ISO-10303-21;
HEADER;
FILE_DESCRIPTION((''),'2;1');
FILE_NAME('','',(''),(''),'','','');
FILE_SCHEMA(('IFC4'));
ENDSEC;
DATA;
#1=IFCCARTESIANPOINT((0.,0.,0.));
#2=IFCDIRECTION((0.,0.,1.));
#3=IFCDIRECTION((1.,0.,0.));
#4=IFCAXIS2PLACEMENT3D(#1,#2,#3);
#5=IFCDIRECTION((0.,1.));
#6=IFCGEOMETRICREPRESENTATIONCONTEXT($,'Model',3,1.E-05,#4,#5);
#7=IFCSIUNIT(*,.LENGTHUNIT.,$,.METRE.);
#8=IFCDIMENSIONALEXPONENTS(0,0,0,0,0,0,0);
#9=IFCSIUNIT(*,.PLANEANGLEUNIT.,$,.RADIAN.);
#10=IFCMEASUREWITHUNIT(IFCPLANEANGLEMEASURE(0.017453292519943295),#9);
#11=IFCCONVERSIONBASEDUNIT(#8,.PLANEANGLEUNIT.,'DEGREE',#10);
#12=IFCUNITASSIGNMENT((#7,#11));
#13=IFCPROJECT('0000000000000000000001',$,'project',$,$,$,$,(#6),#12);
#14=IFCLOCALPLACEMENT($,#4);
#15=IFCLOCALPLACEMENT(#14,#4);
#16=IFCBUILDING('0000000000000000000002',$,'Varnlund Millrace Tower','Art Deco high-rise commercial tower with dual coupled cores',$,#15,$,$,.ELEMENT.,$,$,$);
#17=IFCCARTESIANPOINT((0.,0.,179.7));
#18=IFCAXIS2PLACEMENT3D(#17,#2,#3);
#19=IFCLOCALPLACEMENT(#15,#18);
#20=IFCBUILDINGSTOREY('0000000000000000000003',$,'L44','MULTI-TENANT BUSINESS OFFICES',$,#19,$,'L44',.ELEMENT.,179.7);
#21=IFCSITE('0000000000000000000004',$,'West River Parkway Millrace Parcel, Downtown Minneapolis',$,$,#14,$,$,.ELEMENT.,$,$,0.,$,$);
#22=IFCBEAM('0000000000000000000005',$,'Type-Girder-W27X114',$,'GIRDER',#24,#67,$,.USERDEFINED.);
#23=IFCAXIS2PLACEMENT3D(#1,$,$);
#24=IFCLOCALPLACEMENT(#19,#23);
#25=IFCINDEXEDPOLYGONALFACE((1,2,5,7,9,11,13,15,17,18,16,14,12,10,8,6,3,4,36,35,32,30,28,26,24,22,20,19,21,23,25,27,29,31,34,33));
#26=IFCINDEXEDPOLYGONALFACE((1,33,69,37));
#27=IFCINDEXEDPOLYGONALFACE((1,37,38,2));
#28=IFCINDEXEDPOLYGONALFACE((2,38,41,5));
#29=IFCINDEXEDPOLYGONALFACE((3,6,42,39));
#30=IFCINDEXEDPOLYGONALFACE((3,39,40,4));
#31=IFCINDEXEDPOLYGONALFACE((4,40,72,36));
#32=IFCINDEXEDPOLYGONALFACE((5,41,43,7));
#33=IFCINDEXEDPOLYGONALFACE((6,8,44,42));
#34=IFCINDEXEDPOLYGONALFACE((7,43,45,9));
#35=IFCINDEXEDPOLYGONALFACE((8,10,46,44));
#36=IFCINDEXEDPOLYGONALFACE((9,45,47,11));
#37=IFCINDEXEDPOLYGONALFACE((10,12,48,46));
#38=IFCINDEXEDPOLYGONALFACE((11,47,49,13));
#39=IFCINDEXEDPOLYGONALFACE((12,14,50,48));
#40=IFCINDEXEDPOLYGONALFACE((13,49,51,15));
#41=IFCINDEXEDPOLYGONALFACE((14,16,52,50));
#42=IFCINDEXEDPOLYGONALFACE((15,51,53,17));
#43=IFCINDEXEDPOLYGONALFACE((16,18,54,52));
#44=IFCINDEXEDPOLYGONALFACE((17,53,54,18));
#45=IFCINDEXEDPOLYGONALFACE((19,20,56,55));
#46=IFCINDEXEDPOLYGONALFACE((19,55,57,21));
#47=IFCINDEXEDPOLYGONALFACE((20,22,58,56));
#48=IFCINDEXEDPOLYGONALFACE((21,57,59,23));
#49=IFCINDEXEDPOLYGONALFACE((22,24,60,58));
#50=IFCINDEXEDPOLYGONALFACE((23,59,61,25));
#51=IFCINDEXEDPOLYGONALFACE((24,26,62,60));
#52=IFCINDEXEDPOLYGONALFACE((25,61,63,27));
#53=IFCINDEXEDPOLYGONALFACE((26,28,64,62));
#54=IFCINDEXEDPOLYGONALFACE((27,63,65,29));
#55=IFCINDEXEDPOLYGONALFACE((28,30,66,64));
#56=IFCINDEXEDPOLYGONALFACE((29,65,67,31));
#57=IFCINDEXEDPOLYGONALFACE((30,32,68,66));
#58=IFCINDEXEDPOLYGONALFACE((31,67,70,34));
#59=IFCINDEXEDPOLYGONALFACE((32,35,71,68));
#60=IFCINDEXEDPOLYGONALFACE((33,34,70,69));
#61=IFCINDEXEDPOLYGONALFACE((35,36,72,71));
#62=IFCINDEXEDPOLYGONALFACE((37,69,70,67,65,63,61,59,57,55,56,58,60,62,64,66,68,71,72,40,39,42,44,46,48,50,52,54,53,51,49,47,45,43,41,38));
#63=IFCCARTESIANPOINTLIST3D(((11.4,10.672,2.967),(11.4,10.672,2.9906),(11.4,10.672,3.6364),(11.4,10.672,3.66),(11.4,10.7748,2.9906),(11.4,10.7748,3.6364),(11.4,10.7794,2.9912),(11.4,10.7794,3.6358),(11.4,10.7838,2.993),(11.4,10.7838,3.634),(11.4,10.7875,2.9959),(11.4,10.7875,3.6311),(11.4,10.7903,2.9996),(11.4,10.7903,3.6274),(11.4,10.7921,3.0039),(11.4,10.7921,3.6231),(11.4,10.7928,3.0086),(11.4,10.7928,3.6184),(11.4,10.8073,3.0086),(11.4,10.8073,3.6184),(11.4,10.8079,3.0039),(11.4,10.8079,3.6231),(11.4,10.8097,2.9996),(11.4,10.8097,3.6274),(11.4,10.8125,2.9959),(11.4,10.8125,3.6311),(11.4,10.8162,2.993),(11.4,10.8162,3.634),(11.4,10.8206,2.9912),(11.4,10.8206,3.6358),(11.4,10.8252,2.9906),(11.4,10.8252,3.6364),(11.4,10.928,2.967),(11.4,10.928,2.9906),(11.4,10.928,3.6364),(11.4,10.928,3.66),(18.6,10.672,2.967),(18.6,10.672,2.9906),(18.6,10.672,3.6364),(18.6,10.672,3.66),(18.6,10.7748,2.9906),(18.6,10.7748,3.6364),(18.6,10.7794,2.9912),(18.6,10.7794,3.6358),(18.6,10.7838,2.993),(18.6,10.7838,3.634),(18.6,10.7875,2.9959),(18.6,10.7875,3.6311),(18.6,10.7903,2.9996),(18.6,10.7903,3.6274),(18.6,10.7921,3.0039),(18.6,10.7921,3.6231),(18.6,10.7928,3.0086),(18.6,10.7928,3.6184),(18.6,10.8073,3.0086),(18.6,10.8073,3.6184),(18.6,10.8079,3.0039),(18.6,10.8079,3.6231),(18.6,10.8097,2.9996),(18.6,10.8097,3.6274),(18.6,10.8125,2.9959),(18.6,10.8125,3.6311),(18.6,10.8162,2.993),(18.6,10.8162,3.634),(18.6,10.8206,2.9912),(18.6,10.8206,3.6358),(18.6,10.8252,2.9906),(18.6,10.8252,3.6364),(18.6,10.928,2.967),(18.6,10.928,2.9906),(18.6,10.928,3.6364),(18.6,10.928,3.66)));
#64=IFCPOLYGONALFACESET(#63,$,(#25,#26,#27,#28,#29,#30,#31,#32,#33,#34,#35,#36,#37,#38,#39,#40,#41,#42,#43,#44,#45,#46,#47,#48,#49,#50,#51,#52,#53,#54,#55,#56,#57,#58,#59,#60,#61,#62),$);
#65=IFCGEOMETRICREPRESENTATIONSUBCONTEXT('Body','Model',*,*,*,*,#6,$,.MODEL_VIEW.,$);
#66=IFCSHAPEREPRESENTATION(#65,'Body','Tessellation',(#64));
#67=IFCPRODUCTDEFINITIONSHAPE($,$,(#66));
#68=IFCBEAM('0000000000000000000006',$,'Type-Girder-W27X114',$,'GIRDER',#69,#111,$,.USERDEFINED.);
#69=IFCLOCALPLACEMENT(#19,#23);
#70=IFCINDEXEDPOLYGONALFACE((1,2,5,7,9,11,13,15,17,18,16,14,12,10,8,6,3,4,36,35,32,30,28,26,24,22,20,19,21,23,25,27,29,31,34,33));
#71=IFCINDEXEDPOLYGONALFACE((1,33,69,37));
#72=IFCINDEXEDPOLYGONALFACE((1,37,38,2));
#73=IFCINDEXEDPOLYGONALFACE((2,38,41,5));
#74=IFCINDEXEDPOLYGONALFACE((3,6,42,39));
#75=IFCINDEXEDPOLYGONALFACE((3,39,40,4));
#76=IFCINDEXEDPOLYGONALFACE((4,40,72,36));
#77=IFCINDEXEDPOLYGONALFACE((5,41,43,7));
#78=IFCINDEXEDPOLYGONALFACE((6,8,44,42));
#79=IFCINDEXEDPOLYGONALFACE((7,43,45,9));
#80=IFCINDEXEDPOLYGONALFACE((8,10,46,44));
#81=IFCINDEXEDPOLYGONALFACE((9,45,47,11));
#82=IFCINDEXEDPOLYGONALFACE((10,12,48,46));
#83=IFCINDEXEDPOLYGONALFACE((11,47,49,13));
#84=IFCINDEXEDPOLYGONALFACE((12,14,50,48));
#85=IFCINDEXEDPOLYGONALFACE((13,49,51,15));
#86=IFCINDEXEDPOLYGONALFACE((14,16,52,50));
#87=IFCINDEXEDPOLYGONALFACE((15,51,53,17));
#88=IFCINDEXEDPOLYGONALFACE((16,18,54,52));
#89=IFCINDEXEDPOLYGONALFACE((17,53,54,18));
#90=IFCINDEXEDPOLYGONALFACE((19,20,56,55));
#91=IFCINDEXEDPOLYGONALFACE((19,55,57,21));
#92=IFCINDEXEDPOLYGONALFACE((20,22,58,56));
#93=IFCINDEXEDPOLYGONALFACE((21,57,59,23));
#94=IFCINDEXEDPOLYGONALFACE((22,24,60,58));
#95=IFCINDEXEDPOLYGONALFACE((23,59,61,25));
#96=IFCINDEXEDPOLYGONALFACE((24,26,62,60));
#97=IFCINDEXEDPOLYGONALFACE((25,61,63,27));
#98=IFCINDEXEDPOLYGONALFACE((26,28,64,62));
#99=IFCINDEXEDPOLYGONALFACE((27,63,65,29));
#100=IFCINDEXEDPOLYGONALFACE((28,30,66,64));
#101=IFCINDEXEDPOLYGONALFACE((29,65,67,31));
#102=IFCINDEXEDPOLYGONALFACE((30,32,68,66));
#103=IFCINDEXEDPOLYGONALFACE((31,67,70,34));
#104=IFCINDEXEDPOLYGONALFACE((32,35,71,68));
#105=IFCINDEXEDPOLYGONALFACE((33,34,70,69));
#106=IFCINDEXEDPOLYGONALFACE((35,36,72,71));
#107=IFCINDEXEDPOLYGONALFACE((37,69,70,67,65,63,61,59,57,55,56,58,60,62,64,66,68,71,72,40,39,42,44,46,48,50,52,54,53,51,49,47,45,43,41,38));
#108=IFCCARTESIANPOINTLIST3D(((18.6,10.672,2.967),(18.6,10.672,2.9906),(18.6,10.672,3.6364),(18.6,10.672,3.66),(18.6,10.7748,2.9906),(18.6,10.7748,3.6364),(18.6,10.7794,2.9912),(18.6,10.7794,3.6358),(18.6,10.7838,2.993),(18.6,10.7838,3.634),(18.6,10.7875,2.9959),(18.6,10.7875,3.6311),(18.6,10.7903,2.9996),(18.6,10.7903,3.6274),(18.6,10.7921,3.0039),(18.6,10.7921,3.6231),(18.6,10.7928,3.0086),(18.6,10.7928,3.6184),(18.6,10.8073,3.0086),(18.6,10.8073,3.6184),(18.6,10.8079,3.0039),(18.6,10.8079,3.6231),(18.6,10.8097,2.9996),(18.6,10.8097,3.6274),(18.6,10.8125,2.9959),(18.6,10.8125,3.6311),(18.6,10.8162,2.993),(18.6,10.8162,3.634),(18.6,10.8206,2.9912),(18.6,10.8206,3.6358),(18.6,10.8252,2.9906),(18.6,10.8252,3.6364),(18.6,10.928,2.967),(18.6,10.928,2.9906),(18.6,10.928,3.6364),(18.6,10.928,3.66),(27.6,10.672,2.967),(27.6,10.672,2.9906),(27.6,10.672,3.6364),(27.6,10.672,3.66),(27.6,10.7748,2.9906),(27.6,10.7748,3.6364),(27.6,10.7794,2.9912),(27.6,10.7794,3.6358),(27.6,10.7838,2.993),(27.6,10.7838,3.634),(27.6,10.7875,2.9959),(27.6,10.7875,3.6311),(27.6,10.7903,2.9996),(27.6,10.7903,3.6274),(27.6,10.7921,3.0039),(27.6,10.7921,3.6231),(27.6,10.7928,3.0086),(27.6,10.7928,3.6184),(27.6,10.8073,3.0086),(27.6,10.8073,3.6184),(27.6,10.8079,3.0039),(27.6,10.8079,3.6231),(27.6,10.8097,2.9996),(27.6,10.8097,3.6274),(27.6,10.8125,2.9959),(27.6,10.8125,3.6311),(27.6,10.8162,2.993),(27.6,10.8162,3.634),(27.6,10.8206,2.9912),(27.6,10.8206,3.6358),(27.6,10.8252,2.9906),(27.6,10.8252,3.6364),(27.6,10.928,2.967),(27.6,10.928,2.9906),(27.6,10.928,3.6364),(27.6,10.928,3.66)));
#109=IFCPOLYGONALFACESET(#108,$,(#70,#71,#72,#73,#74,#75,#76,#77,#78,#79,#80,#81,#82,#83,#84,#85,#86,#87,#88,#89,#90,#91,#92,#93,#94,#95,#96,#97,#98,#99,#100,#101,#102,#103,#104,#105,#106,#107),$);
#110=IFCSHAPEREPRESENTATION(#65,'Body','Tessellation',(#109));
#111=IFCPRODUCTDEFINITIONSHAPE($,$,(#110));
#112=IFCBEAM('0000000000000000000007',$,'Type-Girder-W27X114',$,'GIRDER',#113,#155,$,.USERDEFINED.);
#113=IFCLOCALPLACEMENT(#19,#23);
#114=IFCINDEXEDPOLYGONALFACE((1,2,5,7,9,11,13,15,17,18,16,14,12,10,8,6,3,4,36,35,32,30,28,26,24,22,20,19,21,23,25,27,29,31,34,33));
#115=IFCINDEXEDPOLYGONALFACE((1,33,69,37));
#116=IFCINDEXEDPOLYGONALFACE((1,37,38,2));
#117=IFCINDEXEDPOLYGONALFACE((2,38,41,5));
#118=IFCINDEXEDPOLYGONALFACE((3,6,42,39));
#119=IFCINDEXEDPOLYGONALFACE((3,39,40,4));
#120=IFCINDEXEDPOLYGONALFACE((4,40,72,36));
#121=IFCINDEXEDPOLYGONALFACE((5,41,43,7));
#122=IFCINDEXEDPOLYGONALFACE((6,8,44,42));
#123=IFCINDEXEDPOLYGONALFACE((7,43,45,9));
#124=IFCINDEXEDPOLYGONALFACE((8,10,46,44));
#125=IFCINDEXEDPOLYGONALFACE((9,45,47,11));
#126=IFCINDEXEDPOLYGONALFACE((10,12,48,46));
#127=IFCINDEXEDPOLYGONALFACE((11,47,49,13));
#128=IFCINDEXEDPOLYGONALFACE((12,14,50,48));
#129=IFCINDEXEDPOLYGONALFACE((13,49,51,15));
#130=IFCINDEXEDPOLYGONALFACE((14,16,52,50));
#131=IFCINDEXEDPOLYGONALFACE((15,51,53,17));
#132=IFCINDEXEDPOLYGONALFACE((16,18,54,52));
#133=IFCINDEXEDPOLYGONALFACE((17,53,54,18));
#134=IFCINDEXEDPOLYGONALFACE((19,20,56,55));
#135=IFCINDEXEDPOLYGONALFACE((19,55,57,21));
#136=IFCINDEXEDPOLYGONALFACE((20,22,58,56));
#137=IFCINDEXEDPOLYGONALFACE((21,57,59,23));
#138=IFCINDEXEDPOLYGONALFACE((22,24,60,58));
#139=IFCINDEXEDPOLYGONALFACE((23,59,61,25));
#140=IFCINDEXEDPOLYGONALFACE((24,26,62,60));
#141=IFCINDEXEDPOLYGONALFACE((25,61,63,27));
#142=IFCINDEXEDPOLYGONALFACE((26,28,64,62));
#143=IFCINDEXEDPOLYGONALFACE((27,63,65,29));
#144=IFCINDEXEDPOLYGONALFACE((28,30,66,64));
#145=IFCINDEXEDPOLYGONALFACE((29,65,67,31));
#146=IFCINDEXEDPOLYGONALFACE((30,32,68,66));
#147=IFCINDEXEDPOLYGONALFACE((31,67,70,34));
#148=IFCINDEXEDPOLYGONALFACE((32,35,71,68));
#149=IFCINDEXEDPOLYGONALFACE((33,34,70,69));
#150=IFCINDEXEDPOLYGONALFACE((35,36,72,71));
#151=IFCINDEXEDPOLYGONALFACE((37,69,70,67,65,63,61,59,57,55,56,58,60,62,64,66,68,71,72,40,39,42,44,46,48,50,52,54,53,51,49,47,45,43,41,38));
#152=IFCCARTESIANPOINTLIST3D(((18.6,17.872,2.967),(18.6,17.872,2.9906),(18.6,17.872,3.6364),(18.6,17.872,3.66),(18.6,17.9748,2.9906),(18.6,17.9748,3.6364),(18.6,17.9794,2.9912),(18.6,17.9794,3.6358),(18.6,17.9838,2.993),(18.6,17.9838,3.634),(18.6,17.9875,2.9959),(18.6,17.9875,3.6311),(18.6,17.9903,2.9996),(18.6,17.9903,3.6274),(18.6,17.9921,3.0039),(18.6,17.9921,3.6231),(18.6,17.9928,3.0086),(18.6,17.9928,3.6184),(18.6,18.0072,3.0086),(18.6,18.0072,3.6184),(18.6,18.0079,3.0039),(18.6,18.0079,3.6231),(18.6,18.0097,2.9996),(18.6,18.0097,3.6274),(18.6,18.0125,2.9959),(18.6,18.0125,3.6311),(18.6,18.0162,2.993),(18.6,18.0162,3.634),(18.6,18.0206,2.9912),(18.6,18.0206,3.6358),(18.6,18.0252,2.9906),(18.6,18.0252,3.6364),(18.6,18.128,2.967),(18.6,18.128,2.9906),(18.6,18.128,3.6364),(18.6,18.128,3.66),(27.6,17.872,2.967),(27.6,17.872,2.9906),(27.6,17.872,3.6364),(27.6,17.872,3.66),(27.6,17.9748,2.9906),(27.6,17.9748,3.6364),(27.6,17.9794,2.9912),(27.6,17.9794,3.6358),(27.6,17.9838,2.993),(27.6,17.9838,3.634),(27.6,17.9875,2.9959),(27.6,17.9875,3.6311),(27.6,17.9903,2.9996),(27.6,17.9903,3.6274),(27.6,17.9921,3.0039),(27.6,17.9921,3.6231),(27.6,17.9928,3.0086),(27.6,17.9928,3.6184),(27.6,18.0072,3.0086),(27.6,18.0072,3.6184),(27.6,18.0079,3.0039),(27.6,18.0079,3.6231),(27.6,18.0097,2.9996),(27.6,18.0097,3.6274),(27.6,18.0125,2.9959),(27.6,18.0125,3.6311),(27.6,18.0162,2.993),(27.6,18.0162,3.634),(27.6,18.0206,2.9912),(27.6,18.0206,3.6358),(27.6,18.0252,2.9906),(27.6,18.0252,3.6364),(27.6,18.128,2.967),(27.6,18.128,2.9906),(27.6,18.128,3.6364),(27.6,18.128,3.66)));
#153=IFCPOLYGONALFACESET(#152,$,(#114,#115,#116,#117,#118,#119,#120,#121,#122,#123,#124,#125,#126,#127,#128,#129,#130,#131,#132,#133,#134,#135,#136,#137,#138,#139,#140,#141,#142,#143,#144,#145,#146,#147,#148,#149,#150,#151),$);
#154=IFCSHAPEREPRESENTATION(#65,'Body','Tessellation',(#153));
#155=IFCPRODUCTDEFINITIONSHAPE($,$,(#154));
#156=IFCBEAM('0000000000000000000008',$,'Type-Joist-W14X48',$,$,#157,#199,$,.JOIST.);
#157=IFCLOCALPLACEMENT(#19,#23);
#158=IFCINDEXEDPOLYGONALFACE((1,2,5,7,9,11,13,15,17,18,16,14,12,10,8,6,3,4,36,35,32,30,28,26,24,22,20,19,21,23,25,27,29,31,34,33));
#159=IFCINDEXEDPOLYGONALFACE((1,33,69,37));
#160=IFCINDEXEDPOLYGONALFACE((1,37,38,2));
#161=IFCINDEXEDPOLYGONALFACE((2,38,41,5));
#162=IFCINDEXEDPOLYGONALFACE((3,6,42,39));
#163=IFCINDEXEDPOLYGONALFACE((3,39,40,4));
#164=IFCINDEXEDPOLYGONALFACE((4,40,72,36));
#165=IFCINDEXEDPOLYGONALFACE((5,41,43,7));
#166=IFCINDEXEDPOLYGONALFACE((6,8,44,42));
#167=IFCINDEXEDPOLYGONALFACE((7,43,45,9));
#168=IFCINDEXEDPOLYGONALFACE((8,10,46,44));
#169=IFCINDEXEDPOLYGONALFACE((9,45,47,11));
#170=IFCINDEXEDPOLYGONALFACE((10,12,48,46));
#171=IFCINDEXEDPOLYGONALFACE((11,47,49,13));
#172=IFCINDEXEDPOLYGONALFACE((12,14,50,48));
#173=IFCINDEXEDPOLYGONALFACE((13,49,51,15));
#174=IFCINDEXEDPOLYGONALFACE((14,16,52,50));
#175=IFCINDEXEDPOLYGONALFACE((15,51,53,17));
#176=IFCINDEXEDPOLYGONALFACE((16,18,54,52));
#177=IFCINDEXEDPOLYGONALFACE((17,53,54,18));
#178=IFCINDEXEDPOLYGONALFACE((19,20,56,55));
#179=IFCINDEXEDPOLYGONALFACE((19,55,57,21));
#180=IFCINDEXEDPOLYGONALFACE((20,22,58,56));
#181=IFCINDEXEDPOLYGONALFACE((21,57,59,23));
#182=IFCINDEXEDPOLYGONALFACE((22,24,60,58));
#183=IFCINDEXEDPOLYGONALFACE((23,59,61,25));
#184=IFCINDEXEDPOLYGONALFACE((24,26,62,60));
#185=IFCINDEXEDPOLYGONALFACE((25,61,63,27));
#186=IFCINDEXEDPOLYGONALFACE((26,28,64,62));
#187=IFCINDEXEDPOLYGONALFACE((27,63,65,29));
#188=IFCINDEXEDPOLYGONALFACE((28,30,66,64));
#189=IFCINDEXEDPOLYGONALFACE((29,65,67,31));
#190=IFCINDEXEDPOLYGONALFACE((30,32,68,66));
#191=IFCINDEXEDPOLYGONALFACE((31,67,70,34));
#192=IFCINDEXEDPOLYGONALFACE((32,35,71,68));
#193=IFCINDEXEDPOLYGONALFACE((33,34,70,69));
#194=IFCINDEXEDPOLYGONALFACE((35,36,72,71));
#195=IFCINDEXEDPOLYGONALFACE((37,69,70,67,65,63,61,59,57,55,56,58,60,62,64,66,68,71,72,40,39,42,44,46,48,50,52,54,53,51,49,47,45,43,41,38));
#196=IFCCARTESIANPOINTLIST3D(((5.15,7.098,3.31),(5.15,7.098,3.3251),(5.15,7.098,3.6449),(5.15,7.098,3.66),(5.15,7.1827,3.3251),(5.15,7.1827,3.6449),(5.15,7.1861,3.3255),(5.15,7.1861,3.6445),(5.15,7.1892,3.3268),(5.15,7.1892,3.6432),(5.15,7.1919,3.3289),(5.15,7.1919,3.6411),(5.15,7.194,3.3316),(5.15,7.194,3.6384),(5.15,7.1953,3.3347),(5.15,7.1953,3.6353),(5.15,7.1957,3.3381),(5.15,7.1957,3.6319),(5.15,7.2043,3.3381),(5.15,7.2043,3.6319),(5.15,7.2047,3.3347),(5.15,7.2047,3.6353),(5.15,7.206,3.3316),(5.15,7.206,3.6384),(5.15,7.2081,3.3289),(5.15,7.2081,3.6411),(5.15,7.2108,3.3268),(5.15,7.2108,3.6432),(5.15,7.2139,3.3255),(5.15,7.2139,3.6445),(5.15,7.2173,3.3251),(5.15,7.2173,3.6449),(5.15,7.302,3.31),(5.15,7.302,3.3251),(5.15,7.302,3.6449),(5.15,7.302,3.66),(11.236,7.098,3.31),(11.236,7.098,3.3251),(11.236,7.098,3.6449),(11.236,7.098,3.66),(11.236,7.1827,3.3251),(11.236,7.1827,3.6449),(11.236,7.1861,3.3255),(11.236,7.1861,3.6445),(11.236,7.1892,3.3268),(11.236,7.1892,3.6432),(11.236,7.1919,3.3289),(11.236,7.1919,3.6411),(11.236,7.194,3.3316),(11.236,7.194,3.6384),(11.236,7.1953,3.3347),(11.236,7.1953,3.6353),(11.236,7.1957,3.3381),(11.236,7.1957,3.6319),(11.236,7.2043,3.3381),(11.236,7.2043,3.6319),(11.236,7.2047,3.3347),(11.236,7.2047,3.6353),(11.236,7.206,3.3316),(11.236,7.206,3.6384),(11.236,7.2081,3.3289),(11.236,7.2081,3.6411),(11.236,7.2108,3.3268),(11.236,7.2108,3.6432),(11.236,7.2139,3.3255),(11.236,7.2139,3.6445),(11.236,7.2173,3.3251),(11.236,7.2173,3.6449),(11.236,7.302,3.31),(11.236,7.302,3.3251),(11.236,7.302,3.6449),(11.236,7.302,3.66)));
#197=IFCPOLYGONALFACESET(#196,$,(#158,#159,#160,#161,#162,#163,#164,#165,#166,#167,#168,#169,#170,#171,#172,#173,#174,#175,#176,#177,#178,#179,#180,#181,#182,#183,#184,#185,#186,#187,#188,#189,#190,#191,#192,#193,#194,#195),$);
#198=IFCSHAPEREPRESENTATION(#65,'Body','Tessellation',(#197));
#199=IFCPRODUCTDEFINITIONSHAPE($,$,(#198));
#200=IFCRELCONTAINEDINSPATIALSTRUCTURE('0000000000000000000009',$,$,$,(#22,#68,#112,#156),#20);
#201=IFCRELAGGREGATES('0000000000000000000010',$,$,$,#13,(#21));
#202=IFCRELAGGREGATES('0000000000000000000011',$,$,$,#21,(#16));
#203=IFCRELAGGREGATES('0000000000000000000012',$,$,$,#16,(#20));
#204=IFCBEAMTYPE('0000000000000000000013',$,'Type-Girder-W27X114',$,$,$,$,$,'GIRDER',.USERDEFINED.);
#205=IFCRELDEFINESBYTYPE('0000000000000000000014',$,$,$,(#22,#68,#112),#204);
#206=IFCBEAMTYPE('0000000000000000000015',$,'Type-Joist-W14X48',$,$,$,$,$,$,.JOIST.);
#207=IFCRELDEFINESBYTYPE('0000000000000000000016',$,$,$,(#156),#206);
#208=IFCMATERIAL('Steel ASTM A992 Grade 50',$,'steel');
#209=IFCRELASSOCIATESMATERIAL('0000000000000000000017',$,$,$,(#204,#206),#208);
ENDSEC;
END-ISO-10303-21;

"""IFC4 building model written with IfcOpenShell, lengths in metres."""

from ifc_helpers import new_model, entity, si_unit, converted_unit, direction, frame, origin_with_axes, origin_2d_with_axis, place, context, subcontext, project, spatial, i_section, extrude, material, material_profile, profile_set, type_object, element, save


model = new_model("IFC4")

# Units and contexts
model_context = context("Model", 3, precision=1e-05, world=origin_with_axes(), true_north=direction((0.0, 1.0)))
body_context = subcontext(model_context, "Body", "Model", "MODEL_VIEW")
ifc_project = project(units=[si_unit("LENGTHUNIT", "METRE"), converted_unit("PLANEANGLEUNIT", "DEGREE", entity("IfcPlaneAngleMeasure", 0.017453292519943295), si_unit("PLANEANGLEUNIT", "RADIAN"), dimensions=[0, 0, 0, 0, 0, 0, 0])], contexts=[model_context])

# Site, building, storey
site_placement = place(None, origin_with_axes())
site = spatial("IfcSite", under=ifc_project, at=site_placement, Name="West River Parkway Millrace Parcel, Downtown Minneapolis", CompositionType="ELEMENT", RefElevation=0.0)
building_placement = place(site_placement, origin_with_axes())
building = spatial("IfcBuilding", under=site, at=building_placement, Name="Varnlund Millrace Tower", Description="Art Deco high-rise commercial tower with dual coupled cores", CompositionType="ELEMENT")
storey_placement = place(building_placement, frame((0.0, 0.0, 179.7), z_axis=(0.0, 0.0, 1.0), x_axis=(1.0, 0.0, 0.0)))
storey = spatial("IfcBuildingStorey", under=building, at=storey_placement, Name="L44", Description="MULTI-TENANT BUSINESS OFFICES", LongName="L44", CompositionType="ELEMENT", Elevation=179.7)

# Beams
ifc_material_1 = material(Name="Steel ASTM A992 Grade 50", Category="steel")
ifc_material_profile_1 = material_profile(ifc_material_1, i_section(OverallWidth=0.256, OverallDepth=0.693, WebThickness=0.0145, FlangeThickness=0.0236, FilletRadius=0.018, at=origin_2d_with_axis()), Name="Steel ASTM A992 Grade 50")
ifc_profile_set_1 = profile_set([ifc_material_profile_1], Name="Steel ASTM A992 Grade 50")
beam_type_1 = type_object("IfcBeamType", Name="Type-Girder-W27X114", ElementType="GIRDER", PredefinedType="USERDEFINED", material=ifc_profile_set_1)
beam_1_placement = place(storey_placement, frame((11.4, 10.8, 3.3135), z_axis=(1.0, 0.0, 0.0), x_axis=(0.0, 1.0, 0.0)))
element("IfcBeam", 1, at=beam_1_placement, inside=storey, type_object=beam_type_1, Name="Type-Girder-W27X114", ObjectType="GIRDER", PredefinedType="USERDEFINED", context=body_context, shape_type="SweptSolid", body=[
    extrude(i_section(OverallWidth=0.256, OverallDepth=0.693, WebThickness=0.0145, FlangeThickness=0.0236, FilletRadius=0.018, at=origin_2d_with_axis()), origin_with_axes(), (0.0, 0.0, 1.0), 7.2),
])
for number, where, z_axis, x_axis, name in (
    (2, (18.6, 10.8, 3.3135), (1.0, 0.0, 0.0), (0.0, 1.0, 0.0), "Type-Girder-W27X114"),
    (3, (18.6, 18.0, 3.3135), (1.0, 0.0, 0.0), (0.0, 1.0, 0.0), "Type-Girder-W27X114"),
):
    element("IfcBeam", number, at=place(storey_placement, frame(where, z_axis=z_axis, x_axis=x_axis)), inside=storey, type_object=beam_type_1, Name=name, ObjectType="GIRDER", PredefinedType="USERDEFINED", context=body_context, shape_type="SweptSolid", body=[
        extrude(i_section(OverallWidth=0.256, OverallDepth=0.693, WebThickness=0.0145, FlangeThickness=0.0236, FilletRadius=0.018, at=origin_2d_with_axis()), origin_with_axes(), (0.0, 0.0, 1.0), 9.0),
    ])
ifc_material_profile_2 = material_profile(ifc_material_1, i_section(OverallWidth=0.204, OverallDepth=0.35, WebThickness=0.0086, FlangeThickness=0.0151, FilletRadius=0.013, at=origin_2d_with_axis()), Name="Steel ASTM A992 Grade 50")
ifc_profile_set_2 = profile_set([ifc_material_profile_2], Name="Steel ASTM A992 Grade 50")
beam_type_2 = type_object("IfcBeamType", Name="Type-Joist-W14X48", PredefinedType="JOIST", material=ifc_profile_set_2)
for number, where, z_axis, x_axis, name in (
    (4, (5.15, 7.2, 3.485), (1.0, 0.0, 0.0), (0.0, 1.0, 0.0), "Type-Joist-W14X48"),
):
    element("IfcBeam", number, at=place(storey_placement, frame(where, z_axis=z_axis, x_axis=x_axis)), inside=storey, type_object=beam_type_2, Name=name, PredefinedType="JOIST", context=body_context, shape_type="SweptSolid", body=[
        extrude(i_section(OverallWidth=0.204, OverallDepth=0.35, WebThickness=0.0086, FlangeThickness=0.0151, FilletRadius=0.013, at=origin_2d_with_axis()), origin_with_axes(), (0.0, 0.0, 1.0), 6.086),
    ])

save(model, "model.ifc")
